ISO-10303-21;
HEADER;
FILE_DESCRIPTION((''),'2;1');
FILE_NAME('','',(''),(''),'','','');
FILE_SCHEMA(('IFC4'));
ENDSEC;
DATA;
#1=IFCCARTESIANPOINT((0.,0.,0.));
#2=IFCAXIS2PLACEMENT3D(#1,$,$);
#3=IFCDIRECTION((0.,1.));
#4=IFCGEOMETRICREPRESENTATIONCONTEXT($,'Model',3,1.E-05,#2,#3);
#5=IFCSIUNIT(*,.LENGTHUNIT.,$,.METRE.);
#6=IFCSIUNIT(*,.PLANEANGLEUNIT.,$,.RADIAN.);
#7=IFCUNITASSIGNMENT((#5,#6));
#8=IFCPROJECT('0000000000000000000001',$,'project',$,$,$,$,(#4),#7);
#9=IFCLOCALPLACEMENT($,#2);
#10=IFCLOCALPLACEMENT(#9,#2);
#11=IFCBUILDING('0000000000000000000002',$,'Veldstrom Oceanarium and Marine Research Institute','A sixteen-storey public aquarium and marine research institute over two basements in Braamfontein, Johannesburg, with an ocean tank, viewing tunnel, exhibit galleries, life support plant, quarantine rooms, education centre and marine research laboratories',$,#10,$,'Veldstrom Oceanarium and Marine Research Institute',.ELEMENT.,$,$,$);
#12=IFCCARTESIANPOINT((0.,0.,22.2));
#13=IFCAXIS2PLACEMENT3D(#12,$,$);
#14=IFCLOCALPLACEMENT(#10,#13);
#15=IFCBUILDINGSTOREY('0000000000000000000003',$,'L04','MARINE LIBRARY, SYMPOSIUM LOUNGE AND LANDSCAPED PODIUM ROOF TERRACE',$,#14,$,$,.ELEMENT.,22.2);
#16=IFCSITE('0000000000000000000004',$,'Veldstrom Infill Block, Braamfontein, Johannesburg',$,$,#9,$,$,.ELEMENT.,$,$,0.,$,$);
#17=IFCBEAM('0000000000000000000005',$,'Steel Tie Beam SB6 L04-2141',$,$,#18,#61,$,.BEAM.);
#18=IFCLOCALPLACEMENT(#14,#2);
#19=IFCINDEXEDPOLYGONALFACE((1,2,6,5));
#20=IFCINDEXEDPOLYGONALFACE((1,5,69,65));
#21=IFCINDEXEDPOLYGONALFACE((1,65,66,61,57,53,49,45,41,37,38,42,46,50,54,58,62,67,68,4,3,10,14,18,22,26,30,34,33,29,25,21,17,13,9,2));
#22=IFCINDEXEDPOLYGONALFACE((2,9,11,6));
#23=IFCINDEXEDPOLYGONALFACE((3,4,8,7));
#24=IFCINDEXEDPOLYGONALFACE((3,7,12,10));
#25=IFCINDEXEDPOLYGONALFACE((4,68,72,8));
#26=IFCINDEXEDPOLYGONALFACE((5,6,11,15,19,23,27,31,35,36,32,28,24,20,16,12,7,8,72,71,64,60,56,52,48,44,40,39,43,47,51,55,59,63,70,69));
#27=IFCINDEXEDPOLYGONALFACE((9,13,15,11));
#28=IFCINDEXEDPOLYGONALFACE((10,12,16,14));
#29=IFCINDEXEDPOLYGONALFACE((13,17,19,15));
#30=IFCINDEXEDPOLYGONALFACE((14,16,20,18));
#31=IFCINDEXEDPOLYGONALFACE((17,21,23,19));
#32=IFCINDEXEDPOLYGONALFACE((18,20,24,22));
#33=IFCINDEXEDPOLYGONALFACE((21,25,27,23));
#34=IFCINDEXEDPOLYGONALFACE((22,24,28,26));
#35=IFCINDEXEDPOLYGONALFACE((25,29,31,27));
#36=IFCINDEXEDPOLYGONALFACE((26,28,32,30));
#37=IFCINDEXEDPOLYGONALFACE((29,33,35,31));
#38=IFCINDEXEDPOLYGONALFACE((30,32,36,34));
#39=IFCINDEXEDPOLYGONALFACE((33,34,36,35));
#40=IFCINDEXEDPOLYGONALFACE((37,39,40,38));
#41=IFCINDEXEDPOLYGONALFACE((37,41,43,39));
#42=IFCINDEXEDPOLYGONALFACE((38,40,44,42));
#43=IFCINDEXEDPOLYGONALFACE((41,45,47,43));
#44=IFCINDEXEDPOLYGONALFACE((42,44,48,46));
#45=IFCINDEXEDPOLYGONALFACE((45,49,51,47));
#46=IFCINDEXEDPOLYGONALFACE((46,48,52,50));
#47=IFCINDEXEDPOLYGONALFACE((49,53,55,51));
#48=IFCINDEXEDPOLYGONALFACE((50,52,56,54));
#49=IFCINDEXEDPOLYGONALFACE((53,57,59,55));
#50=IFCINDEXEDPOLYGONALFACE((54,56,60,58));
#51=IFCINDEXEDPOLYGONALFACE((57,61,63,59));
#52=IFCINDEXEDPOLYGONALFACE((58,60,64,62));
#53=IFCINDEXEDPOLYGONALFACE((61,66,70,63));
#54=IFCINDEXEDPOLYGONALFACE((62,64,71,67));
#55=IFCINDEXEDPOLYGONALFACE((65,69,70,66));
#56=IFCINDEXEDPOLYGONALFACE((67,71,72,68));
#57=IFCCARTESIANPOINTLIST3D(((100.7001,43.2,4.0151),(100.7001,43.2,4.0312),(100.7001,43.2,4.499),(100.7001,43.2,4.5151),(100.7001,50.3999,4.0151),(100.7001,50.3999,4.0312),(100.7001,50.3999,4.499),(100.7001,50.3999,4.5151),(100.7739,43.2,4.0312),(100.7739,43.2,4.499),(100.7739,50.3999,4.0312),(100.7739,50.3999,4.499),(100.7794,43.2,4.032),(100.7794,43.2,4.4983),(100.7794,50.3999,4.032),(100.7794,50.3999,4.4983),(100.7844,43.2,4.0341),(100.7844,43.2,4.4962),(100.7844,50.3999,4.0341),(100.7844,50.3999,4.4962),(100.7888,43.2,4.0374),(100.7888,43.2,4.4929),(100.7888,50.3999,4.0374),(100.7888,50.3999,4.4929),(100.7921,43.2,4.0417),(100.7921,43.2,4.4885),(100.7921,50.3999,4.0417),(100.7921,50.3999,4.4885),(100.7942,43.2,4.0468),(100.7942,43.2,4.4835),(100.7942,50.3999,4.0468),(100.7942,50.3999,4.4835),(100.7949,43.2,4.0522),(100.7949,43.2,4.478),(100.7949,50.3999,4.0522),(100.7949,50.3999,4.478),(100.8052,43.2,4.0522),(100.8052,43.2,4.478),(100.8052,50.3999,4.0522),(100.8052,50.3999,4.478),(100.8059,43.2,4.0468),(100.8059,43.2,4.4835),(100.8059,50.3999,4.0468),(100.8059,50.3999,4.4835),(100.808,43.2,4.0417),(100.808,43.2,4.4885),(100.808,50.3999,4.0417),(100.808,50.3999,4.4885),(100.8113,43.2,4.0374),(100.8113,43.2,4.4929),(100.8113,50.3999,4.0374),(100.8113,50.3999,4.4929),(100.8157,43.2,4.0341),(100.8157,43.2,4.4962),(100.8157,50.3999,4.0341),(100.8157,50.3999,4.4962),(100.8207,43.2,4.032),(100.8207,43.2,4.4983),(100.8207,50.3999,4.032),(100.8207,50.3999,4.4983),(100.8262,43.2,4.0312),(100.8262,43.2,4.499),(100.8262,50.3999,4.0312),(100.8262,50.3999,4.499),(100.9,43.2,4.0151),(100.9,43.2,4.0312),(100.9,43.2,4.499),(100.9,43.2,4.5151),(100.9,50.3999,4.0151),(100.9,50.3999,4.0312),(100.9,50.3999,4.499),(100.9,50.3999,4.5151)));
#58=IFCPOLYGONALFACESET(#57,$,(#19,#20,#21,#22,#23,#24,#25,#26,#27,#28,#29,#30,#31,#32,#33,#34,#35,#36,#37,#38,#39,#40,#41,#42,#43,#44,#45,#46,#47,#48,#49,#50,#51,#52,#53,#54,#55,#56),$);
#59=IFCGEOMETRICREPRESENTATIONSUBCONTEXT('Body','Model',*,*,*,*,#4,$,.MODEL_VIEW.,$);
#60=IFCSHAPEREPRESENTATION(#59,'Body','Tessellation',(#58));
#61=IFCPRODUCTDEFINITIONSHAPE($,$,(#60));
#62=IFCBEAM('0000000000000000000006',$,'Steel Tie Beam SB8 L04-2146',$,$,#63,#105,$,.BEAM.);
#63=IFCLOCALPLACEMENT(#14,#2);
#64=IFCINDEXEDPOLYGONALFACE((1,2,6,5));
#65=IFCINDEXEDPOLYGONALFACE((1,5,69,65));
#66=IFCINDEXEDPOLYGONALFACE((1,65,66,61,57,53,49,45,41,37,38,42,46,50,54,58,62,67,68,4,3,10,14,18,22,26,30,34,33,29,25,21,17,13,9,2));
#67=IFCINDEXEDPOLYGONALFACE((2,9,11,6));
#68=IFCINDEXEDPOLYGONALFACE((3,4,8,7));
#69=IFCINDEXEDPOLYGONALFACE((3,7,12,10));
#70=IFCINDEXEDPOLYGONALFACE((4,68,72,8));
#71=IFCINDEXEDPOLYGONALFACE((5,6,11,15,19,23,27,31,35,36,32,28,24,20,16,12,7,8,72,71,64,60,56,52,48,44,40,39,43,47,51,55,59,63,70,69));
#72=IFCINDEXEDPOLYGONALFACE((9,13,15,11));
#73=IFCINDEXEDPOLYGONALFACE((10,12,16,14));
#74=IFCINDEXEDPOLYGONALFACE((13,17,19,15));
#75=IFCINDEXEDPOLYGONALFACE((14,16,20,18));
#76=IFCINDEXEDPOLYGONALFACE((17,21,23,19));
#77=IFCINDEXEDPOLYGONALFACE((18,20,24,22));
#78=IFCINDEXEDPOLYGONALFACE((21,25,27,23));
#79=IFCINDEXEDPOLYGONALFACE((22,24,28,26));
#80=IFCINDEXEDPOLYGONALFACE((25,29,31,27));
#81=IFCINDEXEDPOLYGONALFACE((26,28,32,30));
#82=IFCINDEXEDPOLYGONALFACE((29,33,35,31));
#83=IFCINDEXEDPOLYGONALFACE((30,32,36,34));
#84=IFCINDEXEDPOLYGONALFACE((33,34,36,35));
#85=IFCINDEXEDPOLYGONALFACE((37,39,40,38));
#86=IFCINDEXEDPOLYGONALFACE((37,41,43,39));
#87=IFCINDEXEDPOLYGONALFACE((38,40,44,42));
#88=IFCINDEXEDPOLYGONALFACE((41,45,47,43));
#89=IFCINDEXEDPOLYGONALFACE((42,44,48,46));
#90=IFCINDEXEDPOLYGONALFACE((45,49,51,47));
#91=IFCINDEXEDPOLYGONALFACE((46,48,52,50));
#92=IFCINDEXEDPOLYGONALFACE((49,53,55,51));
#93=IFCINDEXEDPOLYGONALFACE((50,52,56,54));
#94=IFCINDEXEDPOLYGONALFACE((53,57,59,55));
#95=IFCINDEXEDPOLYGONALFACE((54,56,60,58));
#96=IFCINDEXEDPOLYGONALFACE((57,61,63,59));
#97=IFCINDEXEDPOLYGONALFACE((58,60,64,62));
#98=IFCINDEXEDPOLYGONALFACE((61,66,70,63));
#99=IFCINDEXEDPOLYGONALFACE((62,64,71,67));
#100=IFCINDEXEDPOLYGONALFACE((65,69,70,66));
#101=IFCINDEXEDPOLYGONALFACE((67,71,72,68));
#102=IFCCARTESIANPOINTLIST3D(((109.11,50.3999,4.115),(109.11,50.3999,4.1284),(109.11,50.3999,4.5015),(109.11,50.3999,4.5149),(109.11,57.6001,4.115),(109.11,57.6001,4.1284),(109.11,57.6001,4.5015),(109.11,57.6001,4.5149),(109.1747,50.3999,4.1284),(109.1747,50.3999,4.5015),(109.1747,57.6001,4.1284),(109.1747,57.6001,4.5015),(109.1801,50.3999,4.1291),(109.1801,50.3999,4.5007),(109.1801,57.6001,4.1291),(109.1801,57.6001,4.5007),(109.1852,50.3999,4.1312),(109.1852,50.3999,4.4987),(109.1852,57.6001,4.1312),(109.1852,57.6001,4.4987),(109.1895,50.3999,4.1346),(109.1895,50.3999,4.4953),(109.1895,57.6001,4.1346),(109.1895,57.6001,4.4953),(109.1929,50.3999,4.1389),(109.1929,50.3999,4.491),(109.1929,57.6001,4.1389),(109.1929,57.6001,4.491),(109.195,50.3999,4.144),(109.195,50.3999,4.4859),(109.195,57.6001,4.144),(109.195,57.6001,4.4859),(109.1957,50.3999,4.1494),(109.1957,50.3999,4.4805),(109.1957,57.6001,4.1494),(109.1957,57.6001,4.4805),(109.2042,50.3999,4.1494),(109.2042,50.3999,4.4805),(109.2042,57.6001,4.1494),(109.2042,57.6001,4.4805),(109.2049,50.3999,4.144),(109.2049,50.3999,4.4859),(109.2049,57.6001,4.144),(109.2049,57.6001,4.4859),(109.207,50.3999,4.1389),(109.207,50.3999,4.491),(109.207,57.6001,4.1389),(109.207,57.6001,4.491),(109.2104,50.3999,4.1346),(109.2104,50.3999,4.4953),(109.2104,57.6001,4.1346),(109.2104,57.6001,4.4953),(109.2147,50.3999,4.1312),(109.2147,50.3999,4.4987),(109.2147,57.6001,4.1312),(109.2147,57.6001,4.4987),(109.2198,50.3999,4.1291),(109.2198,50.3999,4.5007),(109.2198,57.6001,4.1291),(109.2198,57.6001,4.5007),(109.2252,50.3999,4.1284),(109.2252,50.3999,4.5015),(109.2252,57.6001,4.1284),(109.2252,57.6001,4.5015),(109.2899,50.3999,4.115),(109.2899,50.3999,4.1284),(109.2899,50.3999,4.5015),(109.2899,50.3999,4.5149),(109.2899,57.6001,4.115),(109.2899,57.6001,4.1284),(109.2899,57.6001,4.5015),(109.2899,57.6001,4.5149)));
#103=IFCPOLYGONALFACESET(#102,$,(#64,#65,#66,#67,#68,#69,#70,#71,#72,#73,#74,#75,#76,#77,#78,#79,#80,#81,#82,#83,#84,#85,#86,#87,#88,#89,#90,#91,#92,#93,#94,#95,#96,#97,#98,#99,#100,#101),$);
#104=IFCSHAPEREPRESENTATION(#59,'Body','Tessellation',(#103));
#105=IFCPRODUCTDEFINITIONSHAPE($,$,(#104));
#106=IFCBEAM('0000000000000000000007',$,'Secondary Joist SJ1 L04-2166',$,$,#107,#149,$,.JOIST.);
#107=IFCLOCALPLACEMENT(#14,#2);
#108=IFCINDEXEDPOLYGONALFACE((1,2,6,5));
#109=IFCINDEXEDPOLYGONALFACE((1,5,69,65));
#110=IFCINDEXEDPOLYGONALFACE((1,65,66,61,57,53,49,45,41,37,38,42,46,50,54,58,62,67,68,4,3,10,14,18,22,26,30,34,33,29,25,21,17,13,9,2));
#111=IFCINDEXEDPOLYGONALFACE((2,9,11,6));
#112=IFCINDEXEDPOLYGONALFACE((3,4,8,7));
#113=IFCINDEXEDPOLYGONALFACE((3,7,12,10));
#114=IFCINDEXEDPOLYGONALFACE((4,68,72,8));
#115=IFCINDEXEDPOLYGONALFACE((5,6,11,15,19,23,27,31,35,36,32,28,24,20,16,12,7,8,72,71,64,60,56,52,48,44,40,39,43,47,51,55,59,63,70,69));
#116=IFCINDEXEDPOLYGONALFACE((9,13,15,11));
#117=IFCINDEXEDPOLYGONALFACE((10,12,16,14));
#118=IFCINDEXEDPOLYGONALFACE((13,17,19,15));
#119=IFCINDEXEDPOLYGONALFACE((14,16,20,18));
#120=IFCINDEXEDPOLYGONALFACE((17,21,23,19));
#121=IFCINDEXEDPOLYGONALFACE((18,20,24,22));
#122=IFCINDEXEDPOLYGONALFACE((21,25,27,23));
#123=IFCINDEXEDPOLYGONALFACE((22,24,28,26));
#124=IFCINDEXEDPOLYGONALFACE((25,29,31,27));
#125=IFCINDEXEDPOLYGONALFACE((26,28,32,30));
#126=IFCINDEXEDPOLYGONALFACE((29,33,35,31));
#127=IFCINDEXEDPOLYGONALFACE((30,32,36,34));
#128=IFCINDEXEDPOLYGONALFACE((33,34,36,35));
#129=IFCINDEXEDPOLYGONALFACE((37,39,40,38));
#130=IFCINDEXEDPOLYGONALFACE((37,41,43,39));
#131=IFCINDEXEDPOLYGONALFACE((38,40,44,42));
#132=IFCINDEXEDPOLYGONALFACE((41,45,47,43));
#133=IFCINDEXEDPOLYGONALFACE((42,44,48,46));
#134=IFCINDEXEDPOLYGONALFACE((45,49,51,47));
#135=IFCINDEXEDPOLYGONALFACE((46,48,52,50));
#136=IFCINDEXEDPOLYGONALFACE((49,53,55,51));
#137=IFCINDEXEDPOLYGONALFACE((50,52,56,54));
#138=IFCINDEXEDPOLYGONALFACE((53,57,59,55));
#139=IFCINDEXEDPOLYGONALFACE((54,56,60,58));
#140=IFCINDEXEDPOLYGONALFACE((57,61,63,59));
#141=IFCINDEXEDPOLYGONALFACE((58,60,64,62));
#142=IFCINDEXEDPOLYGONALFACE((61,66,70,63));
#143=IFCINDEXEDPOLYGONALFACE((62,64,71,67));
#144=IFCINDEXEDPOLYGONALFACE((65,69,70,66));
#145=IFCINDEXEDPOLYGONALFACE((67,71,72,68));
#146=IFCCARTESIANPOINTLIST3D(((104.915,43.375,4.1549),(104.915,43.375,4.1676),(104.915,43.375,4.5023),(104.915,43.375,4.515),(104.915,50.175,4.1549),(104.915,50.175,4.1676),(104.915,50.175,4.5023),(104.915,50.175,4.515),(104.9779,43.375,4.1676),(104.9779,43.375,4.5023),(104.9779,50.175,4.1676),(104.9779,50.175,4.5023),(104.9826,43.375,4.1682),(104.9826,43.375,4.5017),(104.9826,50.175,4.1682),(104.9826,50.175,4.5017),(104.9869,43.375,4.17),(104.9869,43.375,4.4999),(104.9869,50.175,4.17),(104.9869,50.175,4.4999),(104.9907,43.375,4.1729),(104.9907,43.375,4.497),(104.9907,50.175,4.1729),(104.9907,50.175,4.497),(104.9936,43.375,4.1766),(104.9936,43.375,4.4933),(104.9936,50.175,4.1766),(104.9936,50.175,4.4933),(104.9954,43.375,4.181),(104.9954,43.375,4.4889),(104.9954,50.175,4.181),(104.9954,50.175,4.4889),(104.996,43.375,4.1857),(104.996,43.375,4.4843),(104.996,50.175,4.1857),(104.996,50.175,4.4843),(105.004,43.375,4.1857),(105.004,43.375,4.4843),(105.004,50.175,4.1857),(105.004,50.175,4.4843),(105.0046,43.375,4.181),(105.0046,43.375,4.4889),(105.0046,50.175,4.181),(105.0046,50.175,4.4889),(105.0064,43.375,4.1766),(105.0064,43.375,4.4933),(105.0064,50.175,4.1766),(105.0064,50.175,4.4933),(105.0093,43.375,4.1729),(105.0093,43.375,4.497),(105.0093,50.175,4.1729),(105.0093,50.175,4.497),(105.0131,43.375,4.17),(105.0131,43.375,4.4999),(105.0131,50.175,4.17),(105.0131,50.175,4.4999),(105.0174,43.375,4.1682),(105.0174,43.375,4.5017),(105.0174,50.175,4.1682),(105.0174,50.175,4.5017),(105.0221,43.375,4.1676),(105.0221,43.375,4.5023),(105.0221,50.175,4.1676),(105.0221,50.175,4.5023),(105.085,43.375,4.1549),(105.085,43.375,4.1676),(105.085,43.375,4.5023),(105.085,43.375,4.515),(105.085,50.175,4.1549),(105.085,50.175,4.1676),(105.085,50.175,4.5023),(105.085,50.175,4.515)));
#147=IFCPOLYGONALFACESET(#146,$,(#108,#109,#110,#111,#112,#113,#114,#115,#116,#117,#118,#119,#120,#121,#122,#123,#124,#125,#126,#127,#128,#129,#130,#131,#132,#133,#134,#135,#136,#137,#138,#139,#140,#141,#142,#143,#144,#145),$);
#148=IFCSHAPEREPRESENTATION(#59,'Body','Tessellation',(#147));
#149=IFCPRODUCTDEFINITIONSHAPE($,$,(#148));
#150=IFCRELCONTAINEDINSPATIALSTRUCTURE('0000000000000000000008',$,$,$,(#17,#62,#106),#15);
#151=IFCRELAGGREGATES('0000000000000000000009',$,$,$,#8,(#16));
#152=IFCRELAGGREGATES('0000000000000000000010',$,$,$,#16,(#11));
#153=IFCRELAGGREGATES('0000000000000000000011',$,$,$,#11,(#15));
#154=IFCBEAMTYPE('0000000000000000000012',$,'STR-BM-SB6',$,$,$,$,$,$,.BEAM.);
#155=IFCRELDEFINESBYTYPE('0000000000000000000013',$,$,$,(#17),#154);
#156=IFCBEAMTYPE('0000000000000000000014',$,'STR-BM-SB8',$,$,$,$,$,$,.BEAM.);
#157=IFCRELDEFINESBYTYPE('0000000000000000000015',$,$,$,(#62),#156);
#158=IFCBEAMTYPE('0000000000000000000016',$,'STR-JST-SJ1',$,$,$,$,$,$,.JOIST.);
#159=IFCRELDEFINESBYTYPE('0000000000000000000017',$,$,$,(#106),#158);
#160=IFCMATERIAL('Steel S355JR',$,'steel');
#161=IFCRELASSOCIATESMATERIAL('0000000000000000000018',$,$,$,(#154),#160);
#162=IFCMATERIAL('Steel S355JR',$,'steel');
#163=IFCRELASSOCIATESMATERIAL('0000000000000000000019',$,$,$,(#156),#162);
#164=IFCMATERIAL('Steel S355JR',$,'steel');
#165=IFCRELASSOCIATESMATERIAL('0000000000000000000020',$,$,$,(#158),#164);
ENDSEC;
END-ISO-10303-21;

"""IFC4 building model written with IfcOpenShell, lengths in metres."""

from ifc_helpers import new_model, si_unit, direction, frame, origin, origin_2d, place, context, subcontext, project, spatial, i_section, extrude, material, material_profile, profile_set, type_object, element, save


model = new_model("IFC4")

# Units and contexts
model_context = context("Model", 3, precision=1e-05, world=origin(), true_north=direction((0.0, 1.0)))
body_context = subcontext(model_context, "Body", "Model", "MODEL_VIEW")
ifc_project = project(units=[si_unit("LENGTHUNIT", "METRE"), si_unit("PLANEANGLEUNIT", "RADIAN")], contexts=[model_context])

# Site, building, storey
site_placement = place(None, origin())
site = spatial("IfcSite", under=ifc_project, at=site_placement, Name="Veldstrom Infill Block, Braamfontein, Johannesburg", CompositionType="ELEMENT", RefElevation=0.0)
building_placement = place(site_placement, origin())
building = spatial("IfcBuilding", under=site, at=building_placement, Name="Veldstrom Oceanarium and Marine Research Institute", Description="A sixteen-storey public aquarium and marine research institute over two basements in Braamfontein, Johannesburg, with an ocean tank, viewing tunnel, exhibit galleries, life support plant, quarantine rooms, education centre and marine research laboratories", LongName="Veldstrom Oceanarium and Marine Research Institute", CompositionType="ELEMENT")
storey_placement = place(building_placement, frame((0.0, 0.0, 22.2)))
storey = spatial("IfcBuildingStorey", under=building, at=storey_placement, Name="L04", Description="MARINE LIBRARY, SYMPOSIUM LOUNGE AND LANDSCAPED PODIUM ROOF TERRACE", CompositionType="ELEMENT", Elevation=22.2)

# Beams
ifc_material_1 = material(Name="Steel S355JR", Category="steel")
ifc_material_profile_1 = material_profile(ifc_material_1, i_section(OverallWidth=0.2, OverallDepth=0.5, WebThickness=0.0103, FlangeThickness=0.0161, FilletRadius=0.021, at=origin_2d()), Name="IPE 500")
ifc_profile_set_1 = profile_set([ifc_material_profile_1], Name="Steel S355JR")
beam_type_1 = type_object("IfcBeamType", Name="STR-BM-SB6", PredefinedType="BEAM", material=ifc_profile_set_1)
beam_1_placement = place(storey_placement, frame((100.8, 43.2, 4.2651), z_axis=(0.0, 1.0, 0.0), x_axis=(-1.0, 0.0, 0.0)))
element("IfcBeam", 1, at=beam_1_placement, inside=storey, type_object=beam_type_1, Name="Steel Tie Beam SB6 L04-2141", PredefinedType="BEAM", context=body_context, shape_type="SweptSolid", body=[
    extrude(i_section(OverallWidth=0.2, OverallDepth=0.5, WebThickness=0.0103, FlangeThickness=0.0161, FilletRadius=0.021, at=origin_2d()), origin(), (0.0, 0.0, 1.0), 7.2),
])
ifc_material_2 = material(Name="Steel S355JR", Category="steel")
ifc_material_profile_2 = material_profile(ifc_material_2, i_section(OverallWidth=0.1799, OverallDepth=0.3999, WebThickness=0.0085, FlangeThickness=0.0134, FilletRadius=0.021, at=origin_2d()), Name="IPE 400")
ifc_profile_set_2 = profile_set([ifc_material_profile_2], Name="Steel S355JR")
beam_type_2 = type_object("IfcBeamType", Name="STR-BM-SB8", PredefinedType="BEAM", material=ifc_profile_set_2)
beam_2_placement = place(storey_placement, frame((109.2, 50.3999, 4.3149), z_axis=(0.0, 1.0, 0.0), x_axis=(-1.0, 0.0, 0.0)))
element("IfcBeam", 2, at=beam_2_placement, inside=storey, type_object=beam_type_2, Name="Steel Tie Beam SB8 L04-2146", PredefinedType="BEAM", context=body_context, shape_type="SweptSolid", body=[
    extrude(i_section(OverallWidth=0.1799, OverallDepth=0.3999, WebThickness=0.0085, FlangeThickness=0.0134, FilletRadius=0.021, at=origin_2d()), origin(), (0.0, 0.0, 1.0), 7.2002),
])
ifc_material_3 = material(Name="Steel S355JR", Category="steel")
ifc_material_profile_3 = material_profile(ifc_material_3, i_section(OverallWidth=0.1699, OverallDepth=0.3601, WebThickness=0.0081, FlangeThickness=0.0127, FilletRadius=0.0181, at=origin_2d()), Name="IPE 360")
ifc_profile_set_3 = profile_set([ifc_material_profile_3], Name="Steel S355JR")
beam_type_3 = type_object("IfcBeamType", Name="STR-JST-SJ1", PredefinedType="JOIST", material=ifc_profile_set_3)
beam_3_placement = place(storey_placement, frame((105.0, 43.375, 4.335), z_axis=(0.0, 1.0, 0.0), x_axis=(-1.0, 0.0, 0.0)))
element("IfcBeam", 3, at=beam_3_placement, inside=storey, type_object=beam_type_3, Name="Secondary Joist SJ1 L04-2166", PredefinedType="JOIST", context=body_context, shape_type="SweptSolid", body=[
    extrude(i_section(OverallWidth=0.1699, OverallDepth=0.3601, WebThickness=0.0081, FlangeThickness=0.0127, FilletRadius=0.0181, at=origin_2d()), origin(), (0.0, 0.0, 1.0), 6.8),
])

save(model, "model.ifc")
